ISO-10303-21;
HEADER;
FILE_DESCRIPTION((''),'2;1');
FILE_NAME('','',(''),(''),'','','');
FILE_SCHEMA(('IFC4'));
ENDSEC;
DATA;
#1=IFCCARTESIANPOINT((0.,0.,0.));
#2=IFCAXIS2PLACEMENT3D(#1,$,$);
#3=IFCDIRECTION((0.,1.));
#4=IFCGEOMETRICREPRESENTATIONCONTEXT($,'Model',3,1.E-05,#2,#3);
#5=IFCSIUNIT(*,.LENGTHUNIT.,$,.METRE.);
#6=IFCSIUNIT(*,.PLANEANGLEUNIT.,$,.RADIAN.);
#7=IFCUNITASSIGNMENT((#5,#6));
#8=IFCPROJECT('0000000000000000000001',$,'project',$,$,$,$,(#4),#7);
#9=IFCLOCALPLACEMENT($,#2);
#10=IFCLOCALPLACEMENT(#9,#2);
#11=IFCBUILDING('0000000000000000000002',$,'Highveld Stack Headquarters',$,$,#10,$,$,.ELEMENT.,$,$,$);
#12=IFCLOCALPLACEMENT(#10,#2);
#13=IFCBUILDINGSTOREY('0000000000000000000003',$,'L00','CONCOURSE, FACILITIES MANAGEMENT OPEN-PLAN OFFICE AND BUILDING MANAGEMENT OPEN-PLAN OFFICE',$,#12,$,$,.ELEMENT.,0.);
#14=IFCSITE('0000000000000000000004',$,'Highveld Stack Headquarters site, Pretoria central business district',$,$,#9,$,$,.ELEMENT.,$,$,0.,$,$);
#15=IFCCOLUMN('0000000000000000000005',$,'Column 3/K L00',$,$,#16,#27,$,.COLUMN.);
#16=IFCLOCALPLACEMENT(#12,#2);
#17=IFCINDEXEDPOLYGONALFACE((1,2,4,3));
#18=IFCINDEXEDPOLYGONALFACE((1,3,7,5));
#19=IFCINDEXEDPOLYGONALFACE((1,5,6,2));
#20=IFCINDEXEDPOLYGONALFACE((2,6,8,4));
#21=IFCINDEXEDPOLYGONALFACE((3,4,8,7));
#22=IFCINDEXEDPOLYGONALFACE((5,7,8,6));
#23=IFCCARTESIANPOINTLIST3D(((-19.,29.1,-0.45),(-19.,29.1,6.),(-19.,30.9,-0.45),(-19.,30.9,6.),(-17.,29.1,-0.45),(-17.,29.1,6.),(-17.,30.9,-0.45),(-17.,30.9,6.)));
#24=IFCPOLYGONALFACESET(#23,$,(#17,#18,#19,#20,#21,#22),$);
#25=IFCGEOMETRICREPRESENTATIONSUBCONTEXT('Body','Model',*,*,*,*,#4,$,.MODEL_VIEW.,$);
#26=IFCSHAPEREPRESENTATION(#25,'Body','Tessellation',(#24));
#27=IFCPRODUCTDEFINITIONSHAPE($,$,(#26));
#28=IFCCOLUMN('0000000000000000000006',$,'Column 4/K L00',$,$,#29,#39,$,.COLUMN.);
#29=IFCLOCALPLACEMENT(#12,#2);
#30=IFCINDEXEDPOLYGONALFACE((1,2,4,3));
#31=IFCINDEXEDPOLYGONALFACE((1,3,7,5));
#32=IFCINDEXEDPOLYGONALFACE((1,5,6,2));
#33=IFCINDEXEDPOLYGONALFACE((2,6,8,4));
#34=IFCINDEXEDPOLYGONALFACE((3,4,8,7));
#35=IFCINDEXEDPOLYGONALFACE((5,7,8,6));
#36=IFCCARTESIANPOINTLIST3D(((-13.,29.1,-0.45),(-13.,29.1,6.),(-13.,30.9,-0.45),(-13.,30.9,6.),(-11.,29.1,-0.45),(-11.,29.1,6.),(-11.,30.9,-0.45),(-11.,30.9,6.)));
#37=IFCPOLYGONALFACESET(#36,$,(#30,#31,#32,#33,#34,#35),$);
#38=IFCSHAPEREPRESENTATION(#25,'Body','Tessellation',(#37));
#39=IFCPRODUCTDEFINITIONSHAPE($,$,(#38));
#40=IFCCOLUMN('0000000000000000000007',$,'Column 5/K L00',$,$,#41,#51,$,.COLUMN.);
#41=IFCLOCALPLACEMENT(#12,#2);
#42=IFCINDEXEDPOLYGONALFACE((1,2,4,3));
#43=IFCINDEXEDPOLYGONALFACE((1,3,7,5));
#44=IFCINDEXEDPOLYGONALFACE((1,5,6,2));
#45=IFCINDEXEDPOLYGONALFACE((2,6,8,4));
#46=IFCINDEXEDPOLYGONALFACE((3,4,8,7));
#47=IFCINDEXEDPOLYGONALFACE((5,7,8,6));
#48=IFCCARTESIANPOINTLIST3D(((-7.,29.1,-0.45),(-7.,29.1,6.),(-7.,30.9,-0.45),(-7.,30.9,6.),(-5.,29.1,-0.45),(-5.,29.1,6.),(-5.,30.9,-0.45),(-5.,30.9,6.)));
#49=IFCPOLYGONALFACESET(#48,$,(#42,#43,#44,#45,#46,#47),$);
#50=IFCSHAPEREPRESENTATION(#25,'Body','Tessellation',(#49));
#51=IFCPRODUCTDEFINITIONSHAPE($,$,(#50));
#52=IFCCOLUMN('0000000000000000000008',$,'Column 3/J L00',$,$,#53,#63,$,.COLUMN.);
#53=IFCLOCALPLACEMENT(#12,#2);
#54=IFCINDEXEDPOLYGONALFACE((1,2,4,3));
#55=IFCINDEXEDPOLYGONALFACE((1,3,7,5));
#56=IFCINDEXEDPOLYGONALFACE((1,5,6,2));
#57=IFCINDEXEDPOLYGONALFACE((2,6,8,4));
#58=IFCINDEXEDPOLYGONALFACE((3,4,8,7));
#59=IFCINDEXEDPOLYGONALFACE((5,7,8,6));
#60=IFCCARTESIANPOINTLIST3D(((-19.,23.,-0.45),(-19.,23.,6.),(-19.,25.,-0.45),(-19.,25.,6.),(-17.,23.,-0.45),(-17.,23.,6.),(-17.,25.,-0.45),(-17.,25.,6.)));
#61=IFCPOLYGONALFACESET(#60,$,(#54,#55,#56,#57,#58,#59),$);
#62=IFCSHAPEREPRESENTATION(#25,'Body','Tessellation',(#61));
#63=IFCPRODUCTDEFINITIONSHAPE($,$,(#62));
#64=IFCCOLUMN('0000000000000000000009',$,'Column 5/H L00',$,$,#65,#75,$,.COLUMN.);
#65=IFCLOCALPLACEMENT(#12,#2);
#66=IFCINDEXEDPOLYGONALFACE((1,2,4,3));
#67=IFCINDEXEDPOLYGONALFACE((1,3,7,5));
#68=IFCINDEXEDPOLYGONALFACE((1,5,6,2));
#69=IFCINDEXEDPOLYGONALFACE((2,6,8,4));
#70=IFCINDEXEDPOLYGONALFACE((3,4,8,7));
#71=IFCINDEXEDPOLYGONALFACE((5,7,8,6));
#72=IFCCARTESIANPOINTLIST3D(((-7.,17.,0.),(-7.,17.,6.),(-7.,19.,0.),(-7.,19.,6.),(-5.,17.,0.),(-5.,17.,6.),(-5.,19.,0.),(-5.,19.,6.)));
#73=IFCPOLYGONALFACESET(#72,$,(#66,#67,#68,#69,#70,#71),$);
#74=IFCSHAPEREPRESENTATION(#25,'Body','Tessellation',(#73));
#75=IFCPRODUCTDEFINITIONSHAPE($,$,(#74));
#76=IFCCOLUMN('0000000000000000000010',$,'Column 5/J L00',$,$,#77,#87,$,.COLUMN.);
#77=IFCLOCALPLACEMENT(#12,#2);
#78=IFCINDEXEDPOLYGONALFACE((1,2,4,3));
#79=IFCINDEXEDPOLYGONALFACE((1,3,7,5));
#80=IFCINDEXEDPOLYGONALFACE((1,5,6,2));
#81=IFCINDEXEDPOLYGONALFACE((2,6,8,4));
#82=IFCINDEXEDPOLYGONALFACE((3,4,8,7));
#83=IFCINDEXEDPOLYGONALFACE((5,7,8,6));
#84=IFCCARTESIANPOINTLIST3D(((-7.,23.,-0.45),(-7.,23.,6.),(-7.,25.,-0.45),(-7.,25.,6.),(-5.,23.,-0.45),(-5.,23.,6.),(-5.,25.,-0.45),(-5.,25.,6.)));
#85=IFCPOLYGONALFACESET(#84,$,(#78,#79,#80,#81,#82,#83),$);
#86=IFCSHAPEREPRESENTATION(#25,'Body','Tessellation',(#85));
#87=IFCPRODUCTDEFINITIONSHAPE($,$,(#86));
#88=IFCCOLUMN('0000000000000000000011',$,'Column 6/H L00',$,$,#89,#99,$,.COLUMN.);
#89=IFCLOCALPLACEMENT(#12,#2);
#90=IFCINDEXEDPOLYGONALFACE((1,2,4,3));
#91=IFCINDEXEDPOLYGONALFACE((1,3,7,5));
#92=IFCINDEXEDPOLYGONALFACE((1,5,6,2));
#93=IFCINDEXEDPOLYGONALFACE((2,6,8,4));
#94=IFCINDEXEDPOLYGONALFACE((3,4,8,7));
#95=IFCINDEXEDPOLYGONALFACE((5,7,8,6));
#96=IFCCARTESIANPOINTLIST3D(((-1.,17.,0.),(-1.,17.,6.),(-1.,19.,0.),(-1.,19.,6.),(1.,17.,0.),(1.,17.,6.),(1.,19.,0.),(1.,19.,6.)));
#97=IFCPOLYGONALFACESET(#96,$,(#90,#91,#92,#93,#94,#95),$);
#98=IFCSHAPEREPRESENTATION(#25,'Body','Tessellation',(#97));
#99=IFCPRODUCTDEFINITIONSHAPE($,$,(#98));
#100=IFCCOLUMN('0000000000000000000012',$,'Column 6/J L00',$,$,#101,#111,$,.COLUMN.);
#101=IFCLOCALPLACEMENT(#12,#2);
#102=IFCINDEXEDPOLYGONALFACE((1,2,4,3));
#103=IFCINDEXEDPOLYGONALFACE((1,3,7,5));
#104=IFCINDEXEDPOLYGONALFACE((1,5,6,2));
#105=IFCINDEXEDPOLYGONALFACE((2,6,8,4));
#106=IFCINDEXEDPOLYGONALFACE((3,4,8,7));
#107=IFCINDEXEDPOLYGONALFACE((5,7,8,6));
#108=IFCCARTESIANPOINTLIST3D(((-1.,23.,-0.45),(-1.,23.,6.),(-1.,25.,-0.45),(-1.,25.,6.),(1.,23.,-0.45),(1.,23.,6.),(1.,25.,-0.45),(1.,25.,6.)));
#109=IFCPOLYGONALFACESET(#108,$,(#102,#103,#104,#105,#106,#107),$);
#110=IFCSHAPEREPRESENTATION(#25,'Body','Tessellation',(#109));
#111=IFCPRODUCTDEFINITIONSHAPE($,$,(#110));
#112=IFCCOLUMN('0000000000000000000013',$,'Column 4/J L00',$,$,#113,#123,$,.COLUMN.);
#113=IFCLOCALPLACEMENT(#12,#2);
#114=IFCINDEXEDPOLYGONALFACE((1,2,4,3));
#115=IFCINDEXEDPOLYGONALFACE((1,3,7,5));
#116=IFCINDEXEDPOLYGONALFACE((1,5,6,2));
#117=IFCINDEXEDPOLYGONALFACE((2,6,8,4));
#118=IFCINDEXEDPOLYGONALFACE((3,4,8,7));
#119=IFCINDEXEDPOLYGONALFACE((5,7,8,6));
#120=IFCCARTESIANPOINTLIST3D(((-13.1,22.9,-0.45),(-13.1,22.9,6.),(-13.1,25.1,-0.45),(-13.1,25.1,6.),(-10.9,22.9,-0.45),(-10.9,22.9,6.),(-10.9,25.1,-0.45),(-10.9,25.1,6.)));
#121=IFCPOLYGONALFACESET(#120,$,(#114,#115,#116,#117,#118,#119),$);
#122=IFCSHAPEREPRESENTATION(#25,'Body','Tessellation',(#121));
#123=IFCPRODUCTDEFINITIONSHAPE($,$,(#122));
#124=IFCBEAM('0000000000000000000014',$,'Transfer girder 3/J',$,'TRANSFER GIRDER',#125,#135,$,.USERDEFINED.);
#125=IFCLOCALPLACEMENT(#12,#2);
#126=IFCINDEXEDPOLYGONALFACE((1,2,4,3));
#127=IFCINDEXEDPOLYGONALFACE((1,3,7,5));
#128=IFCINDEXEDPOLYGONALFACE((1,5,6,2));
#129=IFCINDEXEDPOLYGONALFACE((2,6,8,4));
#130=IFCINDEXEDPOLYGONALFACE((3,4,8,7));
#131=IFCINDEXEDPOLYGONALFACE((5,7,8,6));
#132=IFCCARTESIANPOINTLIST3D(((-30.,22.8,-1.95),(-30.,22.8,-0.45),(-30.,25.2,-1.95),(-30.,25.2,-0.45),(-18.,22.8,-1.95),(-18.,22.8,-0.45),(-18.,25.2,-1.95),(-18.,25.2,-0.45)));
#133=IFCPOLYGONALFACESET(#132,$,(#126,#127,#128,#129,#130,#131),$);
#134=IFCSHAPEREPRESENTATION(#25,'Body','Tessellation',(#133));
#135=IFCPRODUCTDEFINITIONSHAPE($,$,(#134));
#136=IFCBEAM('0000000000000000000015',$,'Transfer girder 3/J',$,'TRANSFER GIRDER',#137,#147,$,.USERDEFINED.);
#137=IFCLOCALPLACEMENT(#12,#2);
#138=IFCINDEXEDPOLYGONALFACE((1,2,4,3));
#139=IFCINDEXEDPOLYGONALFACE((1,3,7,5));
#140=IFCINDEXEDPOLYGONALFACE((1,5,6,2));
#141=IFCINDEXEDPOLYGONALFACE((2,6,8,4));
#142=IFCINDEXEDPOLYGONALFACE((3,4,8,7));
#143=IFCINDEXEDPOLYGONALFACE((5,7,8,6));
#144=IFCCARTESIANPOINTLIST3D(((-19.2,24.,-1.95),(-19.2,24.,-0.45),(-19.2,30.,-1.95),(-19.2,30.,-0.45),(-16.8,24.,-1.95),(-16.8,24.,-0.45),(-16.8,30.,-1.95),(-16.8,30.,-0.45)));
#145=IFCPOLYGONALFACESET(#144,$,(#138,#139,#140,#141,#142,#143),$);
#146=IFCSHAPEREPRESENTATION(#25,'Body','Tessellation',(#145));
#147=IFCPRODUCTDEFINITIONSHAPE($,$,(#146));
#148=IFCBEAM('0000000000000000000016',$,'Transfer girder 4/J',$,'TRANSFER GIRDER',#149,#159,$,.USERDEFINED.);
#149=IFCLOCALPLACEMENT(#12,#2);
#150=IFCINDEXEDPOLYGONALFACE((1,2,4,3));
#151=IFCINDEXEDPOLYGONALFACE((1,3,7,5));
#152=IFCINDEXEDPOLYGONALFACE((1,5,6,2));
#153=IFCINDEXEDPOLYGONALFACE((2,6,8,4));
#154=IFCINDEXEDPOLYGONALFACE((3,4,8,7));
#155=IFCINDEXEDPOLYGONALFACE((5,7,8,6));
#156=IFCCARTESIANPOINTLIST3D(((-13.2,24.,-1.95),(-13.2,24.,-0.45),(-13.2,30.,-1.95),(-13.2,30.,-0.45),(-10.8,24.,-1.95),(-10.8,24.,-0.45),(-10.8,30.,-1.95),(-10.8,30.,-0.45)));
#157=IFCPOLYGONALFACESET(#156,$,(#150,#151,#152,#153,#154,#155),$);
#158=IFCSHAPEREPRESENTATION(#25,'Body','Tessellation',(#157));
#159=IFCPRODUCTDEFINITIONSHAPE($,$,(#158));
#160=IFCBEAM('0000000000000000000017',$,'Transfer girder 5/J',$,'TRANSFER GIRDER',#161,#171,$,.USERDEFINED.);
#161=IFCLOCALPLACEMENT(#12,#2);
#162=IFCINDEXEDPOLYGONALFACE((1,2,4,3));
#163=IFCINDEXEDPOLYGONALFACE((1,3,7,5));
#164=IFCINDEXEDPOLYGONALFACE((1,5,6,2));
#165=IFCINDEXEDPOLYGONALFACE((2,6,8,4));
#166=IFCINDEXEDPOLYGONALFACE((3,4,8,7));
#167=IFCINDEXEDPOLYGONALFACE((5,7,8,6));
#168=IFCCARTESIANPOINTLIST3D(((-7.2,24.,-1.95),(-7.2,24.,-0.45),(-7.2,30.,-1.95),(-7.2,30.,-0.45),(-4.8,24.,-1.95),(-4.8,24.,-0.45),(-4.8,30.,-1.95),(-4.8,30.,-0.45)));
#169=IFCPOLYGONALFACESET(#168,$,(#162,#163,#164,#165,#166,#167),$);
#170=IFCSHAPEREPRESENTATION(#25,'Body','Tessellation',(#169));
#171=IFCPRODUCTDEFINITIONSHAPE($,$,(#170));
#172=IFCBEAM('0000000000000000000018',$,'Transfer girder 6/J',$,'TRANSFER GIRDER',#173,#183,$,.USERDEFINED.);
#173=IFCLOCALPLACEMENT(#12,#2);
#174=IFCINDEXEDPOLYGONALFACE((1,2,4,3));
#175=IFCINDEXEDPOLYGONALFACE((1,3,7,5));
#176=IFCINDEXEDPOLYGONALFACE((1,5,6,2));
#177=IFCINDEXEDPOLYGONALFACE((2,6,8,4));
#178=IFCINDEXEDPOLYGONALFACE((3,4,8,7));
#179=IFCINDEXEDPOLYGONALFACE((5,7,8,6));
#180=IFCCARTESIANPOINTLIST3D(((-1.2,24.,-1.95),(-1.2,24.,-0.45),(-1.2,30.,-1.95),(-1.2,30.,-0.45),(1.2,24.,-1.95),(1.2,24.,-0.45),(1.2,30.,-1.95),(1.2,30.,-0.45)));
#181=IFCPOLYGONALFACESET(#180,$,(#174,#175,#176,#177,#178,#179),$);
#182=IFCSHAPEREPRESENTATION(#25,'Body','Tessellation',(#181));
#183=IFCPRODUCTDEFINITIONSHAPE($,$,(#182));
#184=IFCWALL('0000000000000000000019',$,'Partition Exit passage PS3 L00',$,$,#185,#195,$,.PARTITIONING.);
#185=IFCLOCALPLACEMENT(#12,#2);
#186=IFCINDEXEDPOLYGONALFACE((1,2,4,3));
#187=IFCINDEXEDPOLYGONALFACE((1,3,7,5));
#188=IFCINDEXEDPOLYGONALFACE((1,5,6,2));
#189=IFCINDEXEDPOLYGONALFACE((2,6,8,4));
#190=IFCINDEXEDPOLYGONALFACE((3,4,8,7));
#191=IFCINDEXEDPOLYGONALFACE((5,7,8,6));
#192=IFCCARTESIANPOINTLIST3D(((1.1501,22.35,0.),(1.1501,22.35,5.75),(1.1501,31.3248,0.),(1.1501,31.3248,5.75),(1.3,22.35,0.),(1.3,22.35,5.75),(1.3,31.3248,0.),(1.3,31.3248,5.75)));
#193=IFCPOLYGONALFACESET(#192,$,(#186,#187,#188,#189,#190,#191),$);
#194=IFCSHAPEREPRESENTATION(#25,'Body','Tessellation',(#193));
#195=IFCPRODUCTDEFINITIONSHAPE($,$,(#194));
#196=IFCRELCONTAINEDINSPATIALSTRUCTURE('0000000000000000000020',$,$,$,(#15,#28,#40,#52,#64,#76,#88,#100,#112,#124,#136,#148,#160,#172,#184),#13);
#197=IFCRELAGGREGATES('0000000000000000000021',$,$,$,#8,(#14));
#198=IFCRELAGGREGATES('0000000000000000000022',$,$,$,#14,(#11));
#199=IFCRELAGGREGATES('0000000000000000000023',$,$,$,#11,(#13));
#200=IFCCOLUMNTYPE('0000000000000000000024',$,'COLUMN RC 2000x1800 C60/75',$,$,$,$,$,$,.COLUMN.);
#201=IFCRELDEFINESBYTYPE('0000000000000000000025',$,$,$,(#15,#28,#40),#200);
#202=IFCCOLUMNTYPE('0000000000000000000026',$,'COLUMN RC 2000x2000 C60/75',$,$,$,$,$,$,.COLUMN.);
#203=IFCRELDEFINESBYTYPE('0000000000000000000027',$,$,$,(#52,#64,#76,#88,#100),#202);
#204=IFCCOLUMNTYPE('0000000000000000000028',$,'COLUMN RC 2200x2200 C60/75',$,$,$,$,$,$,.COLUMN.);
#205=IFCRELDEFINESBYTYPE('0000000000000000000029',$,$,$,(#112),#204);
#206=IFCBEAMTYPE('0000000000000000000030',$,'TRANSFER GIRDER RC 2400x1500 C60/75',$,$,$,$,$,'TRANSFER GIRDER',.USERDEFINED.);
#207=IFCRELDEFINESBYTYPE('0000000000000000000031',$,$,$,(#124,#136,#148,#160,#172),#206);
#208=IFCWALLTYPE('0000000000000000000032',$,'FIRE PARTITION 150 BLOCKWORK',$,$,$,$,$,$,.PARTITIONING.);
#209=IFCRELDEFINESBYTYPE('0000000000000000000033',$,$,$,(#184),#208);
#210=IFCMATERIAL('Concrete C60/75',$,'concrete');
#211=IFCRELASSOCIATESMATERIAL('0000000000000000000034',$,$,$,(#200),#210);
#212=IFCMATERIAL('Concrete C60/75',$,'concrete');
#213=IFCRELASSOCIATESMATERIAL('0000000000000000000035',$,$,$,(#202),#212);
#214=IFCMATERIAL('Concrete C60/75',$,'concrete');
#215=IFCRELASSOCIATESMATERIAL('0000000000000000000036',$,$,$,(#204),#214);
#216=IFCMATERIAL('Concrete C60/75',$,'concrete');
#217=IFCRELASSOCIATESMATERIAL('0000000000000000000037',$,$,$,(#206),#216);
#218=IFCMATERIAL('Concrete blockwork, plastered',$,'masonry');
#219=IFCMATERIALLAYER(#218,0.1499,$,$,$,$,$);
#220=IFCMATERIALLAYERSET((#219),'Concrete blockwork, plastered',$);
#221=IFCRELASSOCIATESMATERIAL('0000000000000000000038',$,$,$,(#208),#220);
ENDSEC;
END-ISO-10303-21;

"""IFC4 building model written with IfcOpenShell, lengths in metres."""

from ifc_helpers import new_model, si_unit, direction, frame, frame_2d, origin, origin_2d, place, context, subcontext, project, spatial, rectangle, extrude, material, layer, layer_set, material_profile, profile_set, type_object, element, save


model = new_model("IFC4")

# Units and contexts
model_context = context("Model", 3, precision=1e-05, world=origin(), true_north=direction((0.0, 1.0)))
body_context = subcontext(model_context, "Body", "Model", "MODEL_VIEW")
ifc_project = project(units=[si_unit("LENGTHUNIT", "METRE"), si_unit("PLANEANGLEUNIT", "RADIAN")], contexts=[model_context])

# Site, building, storey
site_placement = place(None, origin())
site = spatial("IfcSite", under=ifc_project, at=site_placement, Name="Highveld Stack Headquarters site, Pretoria central business district", CompositionType="ELEMENT", RefElevation=0.0)
building_placement = place(site_placement, origin())
building = spatial("IfcBuilding", under=site, at=building_placement, Name="Highveld Stack Headquarters", CompositionType="ELEMENT")
storey_placement = place(building_placement, origin())
storey = spatial("IfcBuildingStorey", under=building, at=storey_placement, Name="L00", Description="CONCOURSE, FACILITIES MANAGEMENT OPEN-PLAN OFFICE AND BUILDING MANAGEMENT OPEN-PLAN OFFICE", CompositionType="ELEMENT", Elevation=0.0)

# Columns
ifc_material_1 = material(Name="Concrete C60/75", Category="concrete")
ifc_material_profile_1 = material_profile(ifc_material_1, rectangle(XDim=2.0, YDim=1.8, at=origin_2d()), Name="RC 2000x1800")
ifc_profile_set_1 = profile_set([ifc_material_profile_1], Name="Concrete C60/75")
column_type_1 = type_object("IfcColumnType", Name="COLUMN RC 2000x1800 C60/75", PredefinedType="COLUMN", material=ifc_profile_set_1)
for number, where, z_axis, x_axis, name in (
    (1, (-18.0, 30.0, -0.45), (0.0, 0.0, 1.0), (1.0, 0.0, 0.0), "Column 3/K L00"),
    (2, (-12.0, 30.0, -0.45), (0.0, 0.0, 1.0), (1.0, 0.0, 0.0), "Column 4/K L00"),
    (3, (-6.0, 30.0, -0.45), (0.0, 0.0, 1.0), (1.0, 0.0, 0.0), "Column 5/K L00"),
):
    element("IfcColumn", number, at=place(storey_placement, frame(where, z_axis=z_axis, x_axis=x_axis)), inside=storey, type_object=column_type_1, Name=name, PredefinedType="COLUMN", context=body_context, shape_type="SweptSolid", body=[
        extrude(rectangle(XDim=2.0, YDim=1.8, at=origin_2d()), origin(), (0.0, 0.0, 1.0), 6.45),
    ])
ifc_material_2 = material(Name="Concrete C60/75", Category="concrete")
ifc_material_profile_2 = material_profile(ifc_material_2, rectangle(XDim=2.0, YDim=2.0, at=origin_2d()), Name="RC 2000x2000")
ifc_profile_set_2 = profile_set([ifc_material_profile_2], Name="Concrete C60/75")
column_type_2 = type_object("IfcColumnType", Name="COLUMN RC 2000x2000 C60/75", PredefinedType="COLUMN", material=ifc_profile_set_2)
column_1_placement = place(storey_placement, frame((-18.0, 24.0, -0.45), z_axis=(0.0, 0.0, 1.0), x_axis=(1.0, 0.0, 0.0)))
element("IfcColumn", 4, at=column_1_placement, inside=storey, type_object=column_type_2, Name="Column 3/J L00", PredefinedType="COLUMN", context=body_context, shape_type="SweptSolid", body=[
    extrude(rectangle(XDim=2.0, YDim=2.0, at=origin_2d()), origin(), (0.0, 0.0, 1.0), 6.45),
])
column_2_placement = place(storey_placement, frame((-6.0, 18.0, 0.0), z_axis=(0.0, 0.0, 1.0), x_axis=(1.0, 0.0, 0.0)))
element("IfcColumn", 5, at=column_2_placement, inside=storey, type_object=column_type_2, Name="Column 5/H L00", PredefinedType="COLUMN", context=body_context, shape_type="SweptSolid", body=[
    extrude(rectangle(XDim=2.0, YDim=2.0, at=origin_2d()), origin(), (0.0, 0.0, 1.0), 6.0),
])
column_3_placement = place(storey_placement, frame((-6.0, 24.0, -0.45), z_axis=(0.0, 0.0, 1.0), x_axis=(1.0, 0.0, 0.0)))
element("IfcColumn", 6, at=column_3_placement, inside=storey, type_object=column_type_2, Name="Column 5/J L00", PredefinedType="COLUMN", context=body_context, shape_type="SweptSolid", body=[
    extrude(rectangle(XDim=2.0, YDim=2.0, at=origin_2d()), origin(), (0.0, 0.0, 1.0), 6.45),
])
column_4_placement = place(storey_placement, frame((0.0, 18.0, 0.0), z_axis=(0.0, 0.0, 1.0), x_axis=(1.0, 0.0, 0.0)))
element("IfcColumn", 7, at=column_4_placement, inside=storey, type_object=column_type_2, Name="Column 6/H L00", PredefinedType="COLUMN", context=body_context, shape_type="SweptSolid", body=[
    extrude(rectangle(XDim=2.0, YDim=2.0, at=origin_2d()), origin(), (0.0, 0.0, 1.0), 6.0),
])
column_5_placement = place(storey_placement, frame((0.0, 24.0, -0.45), z_axis=(0.0, 0.0, 1.0), x_axis=(1.0, 0.0, 0.0)))
element("IfcColumn", 8, at=column_5_placement, inside=storey, type_object=column_type_2, Name="Column 6/J L00", PredefinedType="COLUMN", context=body_context, shape_type="SweptSolid", body=[
    extrude(rectangle(XDim=2.0, YDim=2.0, at=origin_2d()), origin(), (0.0, 0.0, 1.0), 6.45),
])
ifc_material_3 = material(Name="Concrete C60/75", Category="concrete")
ifc_material_profile_3 = material_profile(ifc_material_3, rectangle(XDim=2.2, YDim=2.2, at=origin_2d()), Name="RC 2200x2200")
ifc_profile_set_3 = profile_set([ifc_material_profile_3], Name="Concrete C60/75")
column_type_3 = type_object("IfcColumnType", Name="COLUMN RC 2200x2200 C60/75", PredefinedType="COLUMN", material=ifc_profile_set_3)
column_6_placement = place(storey_placement, frame((-12.0, 24.0, -0.45), z_axis=(0.0, 0.0, 1.0), x_axis=(1.0, 0.0, 0.0)))
element("IfcColumn", 9, at=column_6_placement, inside=storey, type_object=column_type_3, Name="Column 4/J L00", PredefinedType="COLUMN", context=body_context, shape_type="SweptSolid", body=[
    extrude(rectangle(XDim=2.2, YDim=2.2, at=origin_2d()), origin(), (0.0, 0.0, 1.0), 6.45),
])

# Beams
ifc_material_4 = material(Name="Concrete C60/75", Category="concrete")
ifc_material_profile_4 = material_profile(ifc_material_4, rectangle(XDim=2.3999, YDim=1.5, at=origin_2d()), Name="RC 2400x1500")
ifc_profile_set_4 = profile_set([ifc_material_profile_4], Name="Concrete C60/75")
beam_type = type_object("IfcBeamType", Name="TRANSFER GIRDER RC 2400x1500 C60/75", ElementType="TRANSFER GIRDER", PredefinedType="USERDEFINED", material=ifc_profile_set_4)
beam_placement = place(storey_placement, frame((-18.0, 24.0, -1.2), z_axis=(-1.0, 0.0, 0.0), x_axis=(0.0, -1.0, 0.0)))
element("IfcBeam", 10, at=beam_placement, inside=storey, type_object=beam_type, Name="Transfer girder 3/J", ObjectType="TRANSFER GIRDER", PredefinedType="USERDEFINED", context=body_context, shape_type="SweptSolid", body=[
    extrude(rectangle(XDim=2.3999, YDim=1.5, at=origin_2d()), origin(), (0.0, 0.0, 1.0), 12.0),
])
for number, where, z_axis, x_axis, name in (
    (11, (-18.0, 24.0, -1.2), (0.0, 1.0, 0.0), (-1.0, 0.0, 0.0), "Transfer girder 3/J"),
    (12, (-12.0, 24.0, -1.2), (0.0, 1.0, 0.0), (-1.0, 0.0, 0.0), "Transfer girder 4/J"),
    (13, (-6.0, 24.0, -1.2), (0.0, 1.0, 0.0), (-1.0, 0.0, 0.0), "Transfer girder 5/J"),
    (14, (0.0, 24.0, -1.2), (0.0, 1.0, 0.0), (-1.0, 0.0, 0.0), "Transfer girder 6/J"),
):
    element("IfcBeam", number, at=place(storey_placement, frame(where, z_axis=z_axis, x_axis=x_axis)), inside=storey, type_object=beam_type, Name=name, ObjectType="TRANSFER GIRDER", PredefinedType="USERDEFINED", context=body_context, shape_type="SweptSolid", body=[
        extrude(rectangle(XDim=2.3999, YDim=1.5, at=origin_2d()), origin(), (0.0, 0.0, 1.0), 6.0),
    ])

# Wall
ifc_material_5 = material(Name="Concrete blockwork, plastered", Category="masonry")
ifc_layer_1 = layer(ifc_material_5, 0.1499)
ifc_layer_set_1 = layer_set([ifc_layer_1], Name="Concrete blockwork, plastered")
wall_type_1 = type_object("IfcWallType", Name="FIRE PARTITION 150 BLOCKWORK", PredefinedType="PARTITIONING", material=ifc_layer_set_1)
wall_1_placement = place(storey_placement, frame((1.2251, 22.3501, 0.0), z_axis=(0.0, 0.0, 1.0), x_axis=(0.0, 1.0, 0.0)))
element("IfcWall", 15, at=wall_1_placement, inside=storey, type_object=wall_type_1, Name="Partition Exit passage PS3 L00", PredefinedType="PARTITIONING", context=body_context, shape_type="SweptSolid", body=[
    extrude(rectangle(XDim=8.9749, YDim=0.1499, at=frame_2d((4.4873, 0.0))), origin(), (0.0, 0.0, 1.0), 5.75),
])

save(model, "model.ifc")
